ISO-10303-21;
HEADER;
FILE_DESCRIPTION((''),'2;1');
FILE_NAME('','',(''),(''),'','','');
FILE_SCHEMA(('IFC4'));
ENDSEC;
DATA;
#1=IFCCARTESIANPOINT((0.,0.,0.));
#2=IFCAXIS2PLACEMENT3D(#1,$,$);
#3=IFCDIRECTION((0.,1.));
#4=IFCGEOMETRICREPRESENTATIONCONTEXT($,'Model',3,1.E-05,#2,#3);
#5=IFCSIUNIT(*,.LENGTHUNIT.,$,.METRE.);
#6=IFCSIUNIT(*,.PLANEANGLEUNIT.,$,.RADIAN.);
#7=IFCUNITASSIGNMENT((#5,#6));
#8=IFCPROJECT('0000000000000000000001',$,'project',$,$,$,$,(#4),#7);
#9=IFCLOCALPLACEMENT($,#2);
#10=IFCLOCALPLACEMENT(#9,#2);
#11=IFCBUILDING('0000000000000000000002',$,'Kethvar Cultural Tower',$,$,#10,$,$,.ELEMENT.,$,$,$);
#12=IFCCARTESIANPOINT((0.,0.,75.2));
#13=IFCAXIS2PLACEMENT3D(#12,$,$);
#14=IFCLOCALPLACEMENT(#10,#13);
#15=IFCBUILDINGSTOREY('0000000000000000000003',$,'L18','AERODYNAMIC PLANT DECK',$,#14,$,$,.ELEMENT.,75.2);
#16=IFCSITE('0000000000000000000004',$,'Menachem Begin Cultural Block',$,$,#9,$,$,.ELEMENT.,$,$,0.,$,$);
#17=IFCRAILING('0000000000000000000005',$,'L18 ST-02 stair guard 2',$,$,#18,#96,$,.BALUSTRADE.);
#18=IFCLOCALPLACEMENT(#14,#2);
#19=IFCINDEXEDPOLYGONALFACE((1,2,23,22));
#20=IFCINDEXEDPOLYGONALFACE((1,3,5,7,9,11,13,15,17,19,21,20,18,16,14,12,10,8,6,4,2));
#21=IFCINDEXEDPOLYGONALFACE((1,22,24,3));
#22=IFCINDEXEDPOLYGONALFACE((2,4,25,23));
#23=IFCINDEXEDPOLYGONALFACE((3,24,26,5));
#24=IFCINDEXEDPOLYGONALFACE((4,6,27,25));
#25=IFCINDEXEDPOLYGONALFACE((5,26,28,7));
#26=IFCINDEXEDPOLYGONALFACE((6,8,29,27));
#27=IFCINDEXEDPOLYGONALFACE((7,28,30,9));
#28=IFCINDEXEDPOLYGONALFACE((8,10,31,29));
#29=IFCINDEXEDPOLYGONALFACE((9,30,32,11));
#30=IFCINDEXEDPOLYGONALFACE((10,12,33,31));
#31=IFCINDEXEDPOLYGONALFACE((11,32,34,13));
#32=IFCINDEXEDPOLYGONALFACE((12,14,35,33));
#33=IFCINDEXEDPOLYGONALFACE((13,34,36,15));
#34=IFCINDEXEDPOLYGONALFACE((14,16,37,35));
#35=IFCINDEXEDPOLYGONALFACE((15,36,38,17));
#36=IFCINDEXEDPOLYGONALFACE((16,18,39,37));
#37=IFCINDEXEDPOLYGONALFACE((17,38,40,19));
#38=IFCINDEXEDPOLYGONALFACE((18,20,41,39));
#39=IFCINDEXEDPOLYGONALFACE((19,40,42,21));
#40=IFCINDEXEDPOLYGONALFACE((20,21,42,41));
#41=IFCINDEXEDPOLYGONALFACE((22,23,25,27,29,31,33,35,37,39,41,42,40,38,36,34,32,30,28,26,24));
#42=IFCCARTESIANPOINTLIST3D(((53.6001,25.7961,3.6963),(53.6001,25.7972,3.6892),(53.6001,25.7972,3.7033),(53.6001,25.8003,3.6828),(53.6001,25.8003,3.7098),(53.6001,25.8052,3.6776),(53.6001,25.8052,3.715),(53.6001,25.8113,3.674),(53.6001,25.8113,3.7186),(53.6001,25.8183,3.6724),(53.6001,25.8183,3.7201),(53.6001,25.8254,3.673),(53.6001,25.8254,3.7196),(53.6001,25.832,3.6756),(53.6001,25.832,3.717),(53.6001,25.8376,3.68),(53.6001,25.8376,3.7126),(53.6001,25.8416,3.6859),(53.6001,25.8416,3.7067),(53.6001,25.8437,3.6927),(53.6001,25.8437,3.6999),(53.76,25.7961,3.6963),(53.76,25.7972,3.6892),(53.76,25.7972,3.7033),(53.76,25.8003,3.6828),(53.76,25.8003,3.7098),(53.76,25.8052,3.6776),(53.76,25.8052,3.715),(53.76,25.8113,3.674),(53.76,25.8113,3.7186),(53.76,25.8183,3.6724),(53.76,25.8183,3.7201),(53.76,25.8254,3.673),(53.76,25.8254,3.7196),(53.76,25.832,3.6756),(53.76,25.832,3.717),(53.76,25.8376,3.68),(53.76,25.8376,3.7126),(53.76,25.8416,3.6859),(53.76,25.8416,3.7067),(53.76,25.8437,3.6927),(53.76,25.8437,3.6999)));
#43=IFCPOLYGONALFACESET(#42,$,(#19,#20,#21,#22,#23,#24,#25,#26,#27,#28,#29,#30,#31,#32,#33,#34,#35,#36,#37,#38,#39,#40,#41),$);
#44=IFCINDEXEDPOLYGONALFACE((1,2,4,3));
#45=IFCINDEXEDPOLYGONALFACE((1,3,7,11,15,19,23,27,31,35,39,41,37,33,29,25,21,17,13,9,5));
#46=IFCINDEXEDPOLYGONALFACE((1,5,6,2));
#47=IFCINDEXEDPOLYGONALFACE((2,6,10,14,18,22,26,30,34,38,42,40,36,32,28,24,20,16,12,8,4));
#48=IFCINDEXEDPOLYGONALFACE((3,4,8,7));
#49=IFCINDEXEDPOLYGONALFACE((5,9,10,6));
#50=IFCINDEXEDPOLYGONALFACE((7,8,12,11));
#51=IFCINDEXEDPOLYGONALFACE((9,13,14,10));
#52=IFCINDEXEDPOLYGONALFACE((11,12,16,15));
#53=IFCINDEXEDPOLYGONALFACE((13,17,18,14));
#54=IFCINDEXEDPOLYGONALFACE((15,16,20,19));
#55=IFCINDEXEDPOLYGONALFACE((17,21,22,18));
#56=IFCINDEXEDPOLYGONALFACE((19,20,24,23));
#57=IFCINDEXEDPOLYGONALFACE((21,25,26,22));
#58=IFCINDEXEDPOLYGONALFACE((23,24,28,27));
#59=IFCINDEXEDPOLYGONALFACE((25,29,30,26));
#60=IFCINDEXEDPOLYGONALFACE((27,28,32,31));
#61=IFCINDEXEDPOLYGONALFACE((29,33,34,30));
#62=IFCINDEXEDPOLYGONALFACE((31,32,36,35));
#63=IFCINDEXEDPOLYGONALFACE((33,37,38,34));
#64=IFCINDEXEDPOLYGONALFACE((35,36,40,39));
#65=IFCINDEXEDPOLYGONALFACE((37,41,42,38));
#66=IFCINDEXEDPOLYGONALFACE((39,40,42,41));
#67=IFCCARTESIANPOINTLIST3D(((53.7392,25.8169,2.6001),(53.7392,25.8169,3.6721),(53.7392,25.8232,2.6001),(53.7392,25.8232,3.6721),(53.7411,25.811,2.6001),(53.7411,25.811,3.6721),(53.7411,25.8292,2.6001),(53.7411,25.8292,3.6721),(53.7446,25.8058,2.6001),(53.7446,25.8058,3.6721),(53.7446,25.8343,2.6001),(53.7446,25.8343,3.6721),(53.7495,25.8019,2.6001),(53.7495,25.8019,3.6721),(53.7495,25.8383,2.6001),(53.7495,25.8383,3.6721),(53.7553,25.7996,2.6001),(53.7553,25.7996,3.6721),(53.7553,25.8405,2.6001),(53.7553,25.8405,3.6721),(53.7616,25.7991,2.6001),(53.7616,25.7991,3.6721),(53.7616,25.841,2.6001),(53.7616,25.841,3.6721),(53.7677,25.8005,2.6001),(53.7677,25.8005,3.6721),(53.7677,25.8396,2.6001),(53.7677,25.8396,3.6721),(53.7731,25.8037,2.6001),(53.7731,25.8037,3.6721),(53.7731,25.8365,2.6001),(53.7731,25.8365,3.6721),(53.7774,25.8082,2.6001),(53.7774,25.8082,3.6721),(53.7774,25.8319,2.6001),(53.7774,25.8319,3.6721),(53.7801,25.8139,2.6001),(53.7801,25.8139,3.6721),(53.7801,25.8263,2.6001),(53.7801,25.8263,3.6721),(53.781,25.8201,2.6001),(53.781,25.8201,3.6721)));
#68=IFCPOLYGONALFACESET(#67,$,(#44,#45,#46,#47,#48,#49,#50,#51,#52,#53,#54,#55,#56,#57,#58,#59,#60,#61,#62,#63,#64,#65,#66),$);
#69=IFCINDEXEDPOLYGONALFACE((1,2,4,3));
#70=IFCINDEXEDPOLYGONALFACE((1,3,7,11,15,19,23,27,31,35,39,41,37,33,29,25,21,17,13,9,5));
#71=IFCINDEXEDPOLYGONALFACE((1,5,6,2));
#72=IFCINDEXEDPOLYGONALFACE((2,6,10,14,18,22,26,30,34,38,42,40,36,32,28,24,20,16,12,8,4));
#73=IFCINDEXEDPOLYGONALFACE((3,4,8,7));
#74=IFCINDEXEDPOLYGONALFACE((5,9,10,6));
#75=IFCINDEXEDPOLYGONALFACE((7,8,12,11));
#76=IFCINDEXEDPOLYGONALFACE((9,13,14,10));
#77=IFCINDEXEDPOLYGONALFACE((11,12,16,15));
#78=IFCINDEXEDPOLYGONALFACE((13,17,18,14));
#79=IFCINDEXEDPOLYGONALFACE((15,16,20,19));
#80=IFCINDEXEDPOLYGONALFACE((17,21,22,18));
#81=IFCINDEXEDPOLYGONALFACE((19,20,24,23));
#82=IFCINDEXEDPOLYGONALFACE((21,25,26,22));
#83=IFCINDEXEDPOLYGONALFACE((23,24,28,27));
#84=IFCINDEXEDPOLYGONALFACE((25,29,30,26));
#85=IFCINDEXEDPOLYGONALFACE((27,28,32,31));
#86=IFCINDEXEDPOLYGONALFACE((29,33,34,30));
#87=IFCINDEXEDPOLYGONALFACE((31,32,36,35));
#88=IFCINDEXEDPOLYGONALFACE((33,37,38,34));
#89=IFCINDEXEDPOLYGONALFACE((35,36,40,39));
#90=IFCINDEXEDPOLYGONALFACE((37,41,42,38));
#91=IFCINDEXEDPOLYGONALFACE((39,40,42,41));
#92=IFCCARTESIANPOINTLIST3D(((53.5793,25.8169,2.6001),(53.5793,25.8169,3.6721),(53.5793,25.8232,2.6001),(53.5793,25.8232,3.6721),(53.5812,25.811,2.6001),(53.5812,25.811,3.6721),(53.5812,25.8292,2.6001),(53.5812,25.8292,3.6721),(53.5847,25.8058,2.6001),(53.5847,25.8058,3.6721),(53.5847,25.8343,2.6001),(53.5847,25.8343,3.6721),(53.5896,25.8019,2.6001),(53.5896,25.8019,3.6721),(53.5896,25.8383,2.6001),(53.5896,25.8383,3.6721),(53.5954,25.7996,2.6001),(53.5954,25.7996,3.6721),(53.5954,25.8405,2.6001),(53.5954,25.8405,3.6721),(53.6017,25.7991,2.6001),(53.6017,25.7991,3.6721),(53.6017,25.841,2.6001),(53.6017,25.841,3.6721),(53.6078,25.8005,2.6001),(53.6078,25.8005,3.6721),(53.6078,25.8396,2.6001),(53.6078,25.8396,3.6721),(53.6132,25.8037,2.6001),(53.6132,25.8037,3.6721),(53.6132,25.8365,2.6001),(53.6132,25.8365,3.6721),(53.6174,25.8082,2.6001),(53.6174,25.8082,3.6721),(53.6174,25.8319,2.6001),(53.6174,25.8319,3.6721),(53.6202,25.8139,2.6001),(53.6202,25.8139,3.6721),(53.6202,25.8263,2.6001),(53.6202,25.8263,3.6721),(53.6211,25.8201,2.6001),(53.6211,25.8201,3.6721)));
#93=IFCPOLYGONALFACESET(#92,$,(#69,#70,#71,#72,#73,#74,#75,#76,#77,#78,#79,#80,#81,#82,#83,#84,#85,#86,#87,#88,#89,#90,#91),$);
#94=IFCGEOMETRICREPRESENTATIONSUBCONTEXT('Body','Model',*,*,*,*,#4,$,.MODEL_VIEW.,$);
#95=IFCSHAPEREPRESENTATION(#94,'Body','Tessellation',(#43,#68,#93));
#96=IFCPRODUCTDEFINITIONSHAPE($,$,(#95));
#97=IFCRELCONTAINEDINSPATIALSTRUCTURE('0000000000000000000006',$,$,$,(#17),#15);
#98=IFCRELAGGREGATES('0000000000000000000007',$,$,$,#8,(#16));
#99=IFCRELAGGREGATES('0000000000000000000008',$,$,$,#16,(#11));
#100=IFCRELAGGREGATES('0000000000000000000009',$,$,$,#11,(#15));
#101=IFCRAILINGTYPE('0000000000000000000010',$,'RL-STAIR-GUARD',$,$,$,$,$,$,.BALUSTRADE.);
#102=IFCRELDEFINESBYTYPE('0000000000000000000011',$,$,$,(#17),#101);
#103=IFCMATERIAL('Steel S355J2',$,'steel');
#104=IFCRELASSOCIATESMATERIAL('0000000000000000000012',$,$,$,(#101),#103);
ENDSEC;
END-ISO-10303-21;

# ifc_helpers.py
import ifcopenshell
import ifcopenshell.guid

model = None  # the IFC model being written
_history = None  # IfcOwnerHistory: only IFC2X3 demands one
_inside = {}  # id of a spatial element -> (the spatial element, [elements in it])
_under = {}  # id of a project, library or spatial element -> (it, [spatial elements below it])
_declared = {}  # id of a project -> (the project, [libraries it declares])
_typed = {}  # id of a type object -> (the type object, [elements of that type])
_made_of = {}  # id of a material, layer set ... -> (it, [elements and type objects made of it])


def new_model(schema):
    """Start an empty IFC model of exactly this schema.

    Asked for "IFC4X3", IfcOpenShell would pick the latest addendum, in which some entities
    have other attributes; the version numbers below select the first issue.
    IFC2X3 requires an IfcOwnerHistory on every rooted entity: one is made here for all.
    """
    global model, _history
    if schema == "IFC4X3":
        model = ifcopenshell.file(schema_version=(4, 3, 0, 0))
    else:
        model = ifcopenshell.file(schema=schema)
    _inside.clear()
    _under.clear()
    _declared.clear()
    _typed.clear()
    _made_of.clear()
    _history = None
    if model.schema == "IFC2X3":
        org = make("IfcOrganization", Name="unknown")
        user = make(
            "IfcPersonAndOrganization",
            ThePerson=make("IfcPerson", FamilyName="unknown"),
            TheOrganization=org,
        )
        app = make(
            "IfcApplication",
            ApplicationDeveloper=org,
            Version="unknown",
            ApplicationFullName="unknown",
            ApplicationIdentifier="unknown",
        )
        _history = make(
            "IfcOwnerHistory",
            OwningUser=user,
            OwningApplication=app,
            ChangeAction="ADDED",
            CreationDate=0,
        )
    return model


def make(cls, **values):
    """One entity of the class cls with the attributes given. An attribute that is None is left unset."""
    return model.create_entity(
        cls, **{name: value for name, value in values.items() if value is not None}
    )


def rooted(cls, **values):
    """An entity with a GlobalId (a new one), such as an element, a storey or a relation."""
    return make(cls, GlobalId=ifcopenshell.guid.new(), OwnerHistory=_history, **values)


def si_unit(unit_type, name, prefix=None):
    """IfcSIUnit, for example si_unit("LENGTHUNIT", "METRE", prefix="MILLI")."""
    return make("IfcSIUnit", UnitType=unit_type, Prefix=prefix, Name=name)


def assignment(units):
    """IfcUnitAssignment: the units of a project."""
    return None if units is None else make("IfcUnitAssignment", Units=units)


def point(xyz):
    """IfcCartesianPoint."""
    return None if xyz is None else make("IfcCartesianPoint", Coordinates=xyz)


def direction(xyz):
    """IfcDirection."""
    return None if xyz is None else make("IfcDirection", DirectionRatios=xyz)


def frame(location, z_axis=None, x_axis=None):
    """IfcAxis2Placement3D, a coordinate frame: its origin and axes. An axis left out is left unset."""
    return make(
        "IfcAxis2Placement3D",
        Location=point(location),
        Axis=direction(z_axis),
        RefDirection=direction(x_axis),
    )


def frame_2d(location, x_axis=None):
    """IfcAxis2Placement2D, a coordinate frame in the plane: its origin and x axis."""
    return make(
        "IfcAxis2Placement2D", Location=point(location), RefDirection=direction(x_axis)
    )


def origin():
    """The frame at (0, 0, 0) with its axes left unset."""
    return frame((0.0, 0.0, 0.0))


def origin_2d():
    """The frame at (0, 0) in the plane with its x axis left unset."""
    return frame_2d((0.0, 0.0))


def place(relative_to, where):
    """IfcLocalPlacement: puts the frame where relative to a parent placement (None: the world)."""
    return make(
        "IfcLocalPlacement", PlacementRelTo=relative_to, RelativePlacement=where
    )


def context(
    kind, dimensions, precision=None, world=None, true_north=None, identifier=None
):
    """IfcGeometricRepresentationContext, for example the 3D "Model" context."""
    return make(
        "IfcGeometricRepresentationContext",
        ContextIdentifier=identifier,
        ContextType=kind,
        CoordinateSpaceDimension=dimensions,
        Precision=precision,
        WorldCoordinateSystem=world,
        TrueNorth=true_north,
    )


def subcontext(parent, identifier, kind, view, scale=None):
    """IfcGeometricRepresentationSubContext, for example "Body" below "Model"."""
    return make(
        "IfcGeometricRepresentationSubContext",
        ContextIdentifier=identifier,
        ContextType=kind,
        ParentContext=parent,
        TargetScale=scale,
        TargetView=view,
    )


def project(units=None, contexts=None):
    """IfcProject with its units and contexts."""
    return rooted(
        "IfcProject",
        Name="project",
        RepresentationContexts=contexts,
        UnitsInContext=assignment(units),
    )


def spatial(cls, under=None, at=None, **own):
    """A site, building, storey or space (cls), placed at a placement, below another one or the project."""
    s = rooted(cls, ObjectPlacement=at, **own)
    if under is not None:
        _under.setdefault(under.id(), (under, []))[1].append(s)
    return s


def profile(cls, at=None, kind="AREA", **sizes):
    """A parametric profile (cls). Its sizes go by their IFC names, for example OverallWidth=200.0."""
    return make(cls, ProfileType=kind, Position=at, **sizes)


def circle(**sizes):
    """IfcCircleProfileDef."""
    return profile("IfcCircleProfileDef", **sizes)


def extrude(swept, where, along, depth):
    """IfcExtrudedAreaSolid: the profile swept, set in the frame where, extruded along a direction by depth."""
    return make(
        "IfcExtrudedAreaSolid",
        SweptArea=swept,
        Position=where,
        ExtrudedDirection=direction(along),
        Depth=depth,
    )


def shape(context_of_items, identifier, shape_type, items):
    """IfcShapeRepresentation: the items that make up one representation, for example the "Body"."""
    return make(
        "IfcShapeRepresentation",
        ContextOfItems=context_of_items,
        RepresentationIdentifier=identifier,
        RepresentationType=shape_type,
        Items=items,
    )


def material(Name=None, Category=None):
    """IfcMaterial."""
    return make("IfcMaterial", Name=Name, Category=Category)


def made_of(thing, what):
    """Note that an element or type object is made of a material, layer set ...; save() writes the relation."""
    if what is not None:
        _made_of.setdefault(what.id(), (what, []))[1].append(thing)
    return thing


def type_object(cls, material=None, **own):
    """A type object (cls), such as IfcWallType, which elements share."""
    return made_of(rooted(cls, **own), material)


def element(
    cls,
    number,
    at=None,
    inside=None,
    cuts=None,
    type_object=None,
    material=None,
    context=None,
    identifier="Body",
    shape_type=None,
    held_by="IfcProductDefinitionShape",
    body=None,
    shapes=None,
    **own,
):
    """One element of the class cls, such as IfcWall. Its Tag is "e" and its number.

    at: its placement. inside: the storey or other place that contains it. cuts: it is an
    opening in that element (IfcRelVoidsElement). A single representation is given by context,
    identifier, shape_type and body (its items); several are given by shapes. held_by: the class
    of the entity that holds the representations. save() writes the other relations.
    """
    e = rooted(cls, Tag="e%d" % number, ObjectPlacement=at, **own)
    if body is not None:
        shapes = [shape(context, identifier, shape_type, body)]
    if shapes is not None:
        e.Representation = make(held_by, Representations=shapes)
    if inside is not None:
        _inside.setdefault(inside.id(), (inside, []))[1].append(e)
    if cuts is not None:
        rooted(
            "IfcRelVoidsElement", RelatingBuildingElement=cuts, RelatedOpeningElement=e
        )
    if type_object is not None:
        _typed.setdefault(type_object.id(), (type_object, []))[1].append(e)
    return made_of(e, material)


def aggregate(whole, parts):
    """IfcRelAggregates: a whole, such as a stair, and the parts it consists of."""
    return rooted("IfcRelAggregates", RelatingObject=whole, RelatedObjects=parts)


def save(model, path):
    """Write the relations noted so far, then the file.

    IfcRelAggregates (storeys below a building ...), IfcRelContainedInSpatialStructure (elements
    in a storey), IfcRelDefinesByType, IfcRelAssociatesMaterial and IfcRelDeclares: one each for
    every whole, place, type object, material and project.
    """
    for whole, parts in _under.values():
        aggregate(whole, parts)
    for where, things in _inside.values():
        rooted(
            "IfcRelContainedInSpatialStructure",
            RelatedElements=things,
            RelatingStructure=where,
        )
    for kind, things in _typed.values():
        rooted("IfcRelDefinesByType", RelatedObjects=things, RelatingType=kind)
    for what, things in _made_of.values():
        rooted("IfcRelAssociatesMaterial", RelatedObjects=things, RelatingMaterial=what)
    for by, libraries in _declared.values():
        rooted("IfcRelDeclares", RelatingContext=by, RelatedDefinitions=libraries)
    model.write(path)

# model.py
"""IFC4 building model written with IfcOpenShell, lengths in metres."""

from ifc_helpers import new_model, si_unit, direction, frame, origin, origin_2d, place, context, subcontext, project, spatial, circle, extrude, material, type_object, element, save


model = new_model("IFC4")

# Units and contexts
model_context = context("Model", 3, precision=1e-05, world=origin(), true_north=direction((0.0, 1.0)))
body_context = subcontext(model_context, "Body", "Model", "MODEL_VIEW")
ifc_project = project(units=[si_unit("LENGTHUNIT", "METRE"), si_unit("PLANEANGLEUNIT", "RADIAN")], contexts=[model_context])

# Site, building, storey
site_placement = place(None, origin())
site = spatial("IfcSite", under=ifc_project, at=site_placement, Name="Menachem Begin Cultural Block", CompositionType="ELEMENT", RefElevation=0.0)
building_placement = place(site_placement, origin())
building = spatial("IfcBuilding", under=site, at=building_placement, Name="Kethvar Cultural Tower", CompositionType="ELEMENT")
storey_placement = place(building_placement, frame((0.0, 0.0, 75.2)))
storey = spatial("IfcBuildingStorey", under=building, at=storey_placement, Name="L18", Description="AERODYNAMIC PLANT DECK", CompositionType="ELEMENT", Elevation=75.2)

# Shared definitions
ifc_material_1 = material(Name="Steel S355J2", Category="steel")

# Railing
railing_type_1 = type_object("IfcRailingType", Name="RL-STAIR-GUARD", PredefinedType="BALUSTRADE", material=ifc_material_1)
railing_1_placement = place(storey_placement, frame((53.76, 25.8201, 2.6001)))
element("IfcRailing", 1, at=railing_1_placement, inside=storey, type_object=railing_type_1, Name="L18 ST-02 stair guard 2", PredefinedType="BALUSTRADE", context=body_context, shape_type="SweptSolid", body=[
    extrude(circle(Radius=0.0239, at=origin_2d()), frame((0.0, 0.0, 1.0962), z_axis=(-1.0, 0.0, 0.0), x_axis=(0.0, -1.0, 0.0)), (0.0, 0.0, 1.0), 0.1599),
    extrude(circle(Radius=0.021, at=origin_2d()), origin(), (0.0, 0.0, 1.0), 1.072),
    extrude(circle(Radius=0.021, at=origin_2d()), frame((-0.1599, 0.0, 0.0)), (0.0, 0.0, 1.0), 1.072),
])

save(model, "model.ifc")
